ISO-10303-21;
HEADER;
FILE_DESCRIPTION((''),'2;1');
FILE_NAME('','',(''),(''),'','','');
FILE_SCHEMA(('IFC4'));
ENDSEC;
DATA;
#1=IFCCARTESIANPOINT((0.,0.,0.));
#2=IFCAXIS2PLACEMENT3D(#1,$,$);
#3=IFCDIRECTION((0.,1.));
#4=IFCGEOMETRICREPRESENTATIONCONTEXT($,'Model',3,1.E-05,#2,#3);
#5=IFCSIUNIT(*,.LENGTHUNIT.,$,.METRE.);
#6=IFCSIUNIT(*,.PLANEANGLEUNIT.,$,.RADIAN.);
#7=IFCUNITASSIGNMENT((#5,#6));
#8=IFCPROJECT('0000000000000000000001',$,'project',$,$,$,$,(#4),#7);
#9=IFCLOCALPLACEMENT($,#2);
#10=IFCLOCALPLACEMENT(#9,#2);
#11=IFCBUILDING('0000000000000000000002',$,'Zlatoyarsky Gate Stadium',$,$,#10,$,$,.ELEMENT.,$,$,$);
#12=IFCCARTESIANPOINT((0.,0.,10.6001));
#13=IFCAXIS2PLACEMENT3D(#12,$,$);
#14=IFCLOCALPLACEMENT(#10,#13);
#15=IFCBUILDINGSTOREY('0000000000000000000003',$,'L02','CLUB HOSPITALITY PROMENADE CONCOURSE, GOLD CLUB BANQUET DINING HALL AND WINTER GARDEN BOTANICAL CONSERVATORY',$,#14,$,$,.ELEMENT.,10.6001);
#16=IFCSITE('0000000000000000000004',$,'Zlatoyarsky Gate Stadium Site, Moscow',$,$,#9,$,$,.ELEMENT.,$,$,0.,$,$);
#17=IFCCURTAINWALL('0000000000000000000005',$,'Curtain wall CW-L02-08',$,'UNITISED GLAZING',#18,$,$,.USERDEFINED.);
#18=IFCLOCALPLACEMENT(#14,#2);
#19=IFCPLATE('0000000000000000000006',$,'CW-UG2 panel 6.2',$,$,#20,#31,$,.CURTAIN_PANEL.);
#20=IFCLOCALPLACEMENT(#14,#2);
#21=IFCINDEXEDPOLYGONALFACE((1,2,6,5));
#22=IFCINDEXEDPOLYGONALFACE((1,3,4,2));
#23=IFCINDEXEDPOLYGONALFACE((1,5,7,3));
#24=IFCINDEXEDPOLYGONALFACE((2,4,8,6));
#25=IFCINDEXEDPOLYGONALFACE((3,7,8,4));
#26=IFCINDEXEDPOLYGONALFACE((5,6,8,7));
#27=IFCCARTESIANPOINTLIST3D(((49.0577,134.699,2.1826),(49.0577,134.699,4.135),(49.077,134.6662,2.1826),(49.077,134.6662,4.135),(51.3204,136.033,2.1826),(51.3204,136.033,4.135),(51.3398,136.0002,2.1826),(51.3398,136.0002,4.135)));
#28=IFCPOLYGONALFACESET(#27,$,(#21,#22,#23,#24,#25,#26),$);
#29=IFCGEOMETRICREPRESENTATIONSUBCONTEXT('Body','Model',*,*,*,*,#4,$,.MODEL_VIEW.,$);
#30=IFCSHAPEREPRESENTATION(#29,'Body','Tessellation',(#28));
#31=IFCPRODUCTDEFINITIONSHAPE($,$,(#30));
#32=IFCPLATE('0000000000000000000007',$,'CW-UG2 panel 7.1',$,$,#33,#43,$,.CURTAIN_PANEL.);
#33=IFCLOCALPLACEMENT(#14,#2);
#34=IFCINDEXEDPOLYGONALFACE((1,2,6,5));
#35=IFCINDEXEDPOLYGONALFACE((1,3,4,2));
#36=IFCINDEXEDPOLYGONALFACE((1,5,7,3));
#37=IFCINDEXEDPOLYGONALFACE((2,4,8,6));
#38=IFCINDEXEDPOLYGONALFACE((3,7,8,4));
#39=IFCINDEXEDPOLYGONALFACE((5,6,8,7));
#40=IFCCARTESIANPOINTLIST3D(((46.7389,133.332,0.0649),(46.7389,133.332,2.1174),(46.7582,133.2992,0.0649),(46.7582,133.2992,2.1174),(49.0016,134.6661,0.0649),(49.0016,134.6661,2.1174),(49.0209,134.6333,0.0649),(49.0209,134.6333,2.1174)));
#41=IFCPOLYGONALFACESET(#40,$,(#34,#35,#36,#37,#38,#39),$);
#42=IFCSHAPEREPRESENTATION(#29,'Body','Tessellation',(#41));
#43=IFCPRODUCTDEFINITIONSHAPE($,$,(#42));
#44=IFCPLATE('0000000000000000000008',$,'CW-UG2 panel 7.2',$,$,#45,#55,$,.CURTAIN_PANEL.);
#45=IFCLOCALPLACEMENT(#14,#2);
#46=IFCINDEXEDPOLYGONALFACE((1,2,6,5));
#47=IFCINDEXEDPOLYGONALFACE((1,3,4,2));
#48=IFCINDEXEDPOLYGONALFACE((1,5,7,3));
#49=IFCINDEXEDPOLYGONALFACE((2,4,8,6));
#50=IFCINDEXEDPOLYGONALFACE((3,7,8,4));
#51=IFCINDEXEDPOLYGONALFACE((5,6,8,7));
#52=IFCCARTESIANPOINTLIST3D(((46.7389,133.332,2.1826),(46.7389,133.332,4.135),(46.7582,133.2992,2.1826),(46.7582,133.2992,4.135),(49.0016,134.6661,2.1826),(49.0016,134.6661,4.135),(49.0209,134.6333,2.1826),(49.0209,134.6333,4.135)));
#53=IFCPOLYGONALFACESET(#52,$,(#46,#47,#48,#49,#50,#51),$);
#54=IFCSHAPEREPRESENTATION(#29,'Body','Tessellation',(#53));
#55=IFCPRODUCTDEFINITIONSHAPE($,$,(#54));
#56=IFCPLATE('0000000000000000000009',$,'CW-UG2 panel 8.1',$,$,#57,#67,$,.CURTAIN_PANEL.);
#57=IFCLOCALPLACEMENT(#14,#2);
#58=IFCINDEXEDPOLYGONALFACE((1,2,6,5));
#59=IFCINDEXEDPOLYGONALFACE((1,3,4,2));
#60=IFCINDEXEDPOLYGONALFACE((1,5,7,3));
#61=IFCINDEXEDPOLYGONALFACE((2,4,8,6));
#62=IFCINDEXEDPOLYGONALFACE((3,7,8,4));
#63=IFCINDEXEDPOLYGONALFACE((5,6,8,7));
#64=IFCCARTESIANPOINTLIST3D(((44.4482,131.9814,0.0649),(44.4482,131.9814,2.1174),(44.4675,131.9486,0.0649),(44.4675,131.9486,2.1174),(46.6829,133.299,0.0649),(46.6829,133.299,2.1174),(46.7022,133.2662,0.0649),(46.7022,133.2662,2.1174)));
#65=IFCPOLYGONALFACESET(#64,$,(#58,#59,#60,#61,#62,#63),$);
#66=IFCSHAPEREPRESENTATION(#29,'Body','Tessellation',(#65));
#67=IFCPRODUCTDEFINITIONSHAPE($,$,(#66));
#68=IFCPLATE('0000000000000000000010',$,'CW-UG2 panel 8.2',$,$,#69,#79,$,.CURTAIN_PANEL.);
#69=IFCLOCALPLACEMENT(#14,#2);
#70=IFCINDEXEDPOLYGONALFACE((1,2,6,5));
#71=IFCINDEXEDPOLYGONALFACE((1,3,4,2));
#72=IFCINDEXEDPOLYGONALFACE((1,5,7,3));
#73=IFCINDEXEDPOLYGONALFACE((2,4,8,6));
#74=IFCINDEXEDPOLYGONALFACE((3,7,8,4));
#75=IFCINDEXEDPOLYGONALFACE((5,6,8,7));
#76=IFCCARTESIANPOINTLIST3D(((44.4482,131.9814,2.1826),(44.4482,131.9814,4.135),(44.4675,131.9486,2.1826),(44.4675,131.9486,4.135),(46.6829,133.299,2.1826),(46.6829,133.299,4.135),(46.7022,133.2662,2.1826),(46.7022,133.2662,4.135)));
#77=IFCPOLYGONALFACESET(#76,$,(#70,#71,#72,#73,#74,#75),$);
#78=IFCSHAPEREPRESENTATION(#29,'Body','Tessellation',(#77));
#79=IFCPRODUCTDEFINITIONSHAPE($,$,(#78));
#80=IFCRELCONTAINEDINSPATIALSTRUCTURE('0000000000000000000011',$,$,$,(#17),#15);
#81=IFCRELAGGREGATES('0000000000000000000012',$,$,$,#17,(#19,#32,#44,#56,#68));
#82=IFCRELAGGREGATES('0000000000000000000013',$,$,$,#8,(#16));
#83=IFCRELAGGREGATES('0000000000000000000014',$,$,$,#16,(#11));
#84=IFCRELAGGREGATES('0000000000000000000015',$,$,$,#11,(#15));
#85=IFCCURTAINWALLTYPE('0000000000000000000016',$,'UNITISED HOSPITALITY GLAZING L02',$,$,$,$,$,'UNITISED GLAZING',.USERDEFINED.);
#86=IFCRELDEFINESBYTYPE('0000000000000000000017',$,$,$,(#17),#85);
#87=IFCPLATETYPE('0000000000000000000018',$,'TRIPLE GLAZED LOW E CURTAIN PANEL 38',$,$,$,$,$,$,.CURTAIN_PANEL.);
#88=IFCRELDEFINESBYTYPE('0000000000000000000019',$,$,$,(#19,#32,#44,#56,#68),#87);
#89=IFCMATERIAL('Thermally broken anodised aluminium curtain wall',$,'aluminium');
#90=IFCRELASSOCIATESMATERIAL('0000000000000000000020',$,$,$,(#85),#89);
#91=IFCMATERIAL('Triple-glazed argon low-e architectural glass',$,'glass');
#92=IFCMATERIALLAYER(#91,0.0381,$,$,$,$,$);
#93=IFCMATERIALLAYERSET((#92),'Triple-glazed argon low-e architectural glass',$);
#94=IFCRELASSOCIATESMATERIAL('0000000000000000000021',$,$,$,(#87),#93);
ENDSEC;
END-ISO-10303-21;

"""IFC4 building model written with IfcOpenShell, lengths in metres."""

from ifc_helpers import new_model, si_unit, direction, frame, origin, origin_2d, place, context, subcontext, project, spatial, rectangle, extrude, material, layer, layer_set, type_object, element, aggregate, save


model = new_model("IFC4")

# Units and contexts
model_context = context("Model", 3, precision=1e-05, world=origin(), true_north=direction((0.0, 1.0)))
body_context = subcontext(model_context, "Body", "Model", "MODEL_VIEW")
ifc_project = project(units=[si_unit("LENGTHUNIT", "METRE"), si_unit("PLANEANGLEUNIT", "RADIAN")], contexts=[model_context])

# Site, building, storey
site_placement = place(None, origin())
site = spatial("IfcSite", under=ifc_project, at=site_placement, Name="Zlatoyarsky Gate Stadium Site, Moscow", CompositionType="ELEMENT", RefElevation=0.0)
building_placement = place(site_placement, origin())
building = spatial("IfcBuilding", under=site, at=building_placement, Name="Zlatoyarsky Gate Stadium", CompositionType="ELEMENT")
storey_placement = place(building_placement, frame((0.0, 0.0, 10.6001)))
storey = spatial("IfcBuildingStorey", under=building, at=storey_placement, Name="L02", Description="CLUB HOSPITALITY PROMENADE CONCOURSE, GOLD CLUB BANQUET DINING HALL AND WINTER GARDEN BOTANICAL CONSERVATORY", CompositionType="ELEMENT", Elevation=10.6001)

# Curtain wall
ifc_material_1 = material(Name="Thermally broken anodised aluminium curtain wall", Category="aluminium")
curtain_wall_type = type_object("IfcCurtainWallType", Name="UNITISED HOSPITALITY GLAZING L02", ElementType="UNITISED GLAZING", PredefinedType="USERDEFINED", material=ifc_material_1)
curtain_wall_1_placement = place(storey_placement, origin())
curtain_wall_1 = element("IfcCurtainWall", 1, at=curtain_wall_1_placement, inside=storey, type_object=curtain_wall_type, Name="Curtain wall CW-L02-08", ObjectType="UNITISED GLAZING", PredefinedType="USERDEFINED")

# Plates
ifc_material_2 = material(Name="Triple-glazed argon low-e architectural glass", Category="glass")
ifc_layer_1 = layer(ifc_material_2, 0.0381)
ifc_layer_set_1 = layer_set([ifc_layer_1], Name="Triple-glazed argon low-e architectural glass")
plate_type_1 = type_object("IfcPlateType", Name="TRIPLE GLAZED LOW E CURTAIN PANEL 38", PredefinedType="CURTAIN_PANEL", material=ifc_layer_set_1)
plate_1_placement = place(storey_placement, frame((50.1987, 135.3496, 2.1826), z_axis=(0.0, 0.0, 1.0), x_axis=(-0.861426, -0.507882, 0.0)))
plate_1 = element("IfcPlate", 2, at=plate_1_placement, type_object=plate_type_1, Name="CW-UG2 panel 6.2", PredefinedType="CURTAIN_PANEL", context=body_context, shape_type="SweptSolid", body=[
    extrude(rectangle(XDim=2.6267, YDim=0.0381, at=origin_2d()), origin(), (0.0, 0.0, 1.0), 1.9524),
])
plate_2_placement = place(storey_placement, frame((47.8799, 133.9827, 0.0649), z_axis=(0.0, 0.0, 1.0), x_axis=(-0.861426, -0.507882, 0.0)))
plate_2 = element("IfcPlate", 3, at=plate_2_placement, type_object=plate_type_1, Name="CW-UG2 panel 7.1", PredefinedType="CURTAIN_PANEL", context=body_context, shape_type="SweptSolid", body=[
    extrude(rectangle(XDim=2.6267, YDim=0.0381, at=origin_2d()), origin(), (0.0, 0.0, 1.0), 2.0525),
])
plate_3_placement = place(storey_placement, frame((47.8799, 133.9827, 2.1826), z_axis=(0.0, 0.0, 1.0), x_axis=(-0.861426, -0.507882, 0.0)))
plate_3 = element("IfcPlate", 4, at=plate_3_placement, type_object=plate_type_1, Name="CW-UG2 panel 7.2", PredefinedType="CURTAIN_PANEL", context=body_context, shape_type="SweptSolid", body=[
    extrude(rectangle(XDim=2.6267, YDim=0.0381, at=origin_2d()), origin(), (0.0, 0.0, 1.0), 1.9524),
])
plate_4_placement = place(storey_placement, frame((45.5752, 132.6238, 0.0649), z_axis=(0.0, 0.0, 1.0), x_axis=(-0.861426, -0.507882, 0.0)))
plate_4 = element("IfcPlate", 5, at=plate_4_placement, type_object=plate_type_1, Name="CW-UG2 panel 8.1", PredefinedType="CURTAIN_PANEL", context=body_context, shape_type="SweptSolid", body=[
    extrude(rectangle(XDim=2.5942, YDim=0.0381, at=origin_2d()), origin(), (0.0, 0.0, 1.0), 2.0525),
])
plate_5_placement = place(storey_placement, frame((45.5752, 132.6238, 2.1826), z_axis=(0.0, 0.0, 1.0), x_axis=(-0.861426, -0.507882, 0.0)))
plate_5 = element("IfcPlate", 6, at=plate_5_placement, type_object=plate_type_1, Name="CW-UG2 panel 8.2", PredefinedType="CURTAIN_PANEL", context=body_context, shape_type="SweptSolid", body=[
    extrude(rectangle(XDim=2.5942, YDim=0.0381, at=origin_2d()), origin(), (0.0, 0.0, 1.0), 1.9524),
])
aggregate(curtain_wall_1, [plate_1, plate_2, plate_3, plate_4, plate_5])

save(model, "model.ifc")
